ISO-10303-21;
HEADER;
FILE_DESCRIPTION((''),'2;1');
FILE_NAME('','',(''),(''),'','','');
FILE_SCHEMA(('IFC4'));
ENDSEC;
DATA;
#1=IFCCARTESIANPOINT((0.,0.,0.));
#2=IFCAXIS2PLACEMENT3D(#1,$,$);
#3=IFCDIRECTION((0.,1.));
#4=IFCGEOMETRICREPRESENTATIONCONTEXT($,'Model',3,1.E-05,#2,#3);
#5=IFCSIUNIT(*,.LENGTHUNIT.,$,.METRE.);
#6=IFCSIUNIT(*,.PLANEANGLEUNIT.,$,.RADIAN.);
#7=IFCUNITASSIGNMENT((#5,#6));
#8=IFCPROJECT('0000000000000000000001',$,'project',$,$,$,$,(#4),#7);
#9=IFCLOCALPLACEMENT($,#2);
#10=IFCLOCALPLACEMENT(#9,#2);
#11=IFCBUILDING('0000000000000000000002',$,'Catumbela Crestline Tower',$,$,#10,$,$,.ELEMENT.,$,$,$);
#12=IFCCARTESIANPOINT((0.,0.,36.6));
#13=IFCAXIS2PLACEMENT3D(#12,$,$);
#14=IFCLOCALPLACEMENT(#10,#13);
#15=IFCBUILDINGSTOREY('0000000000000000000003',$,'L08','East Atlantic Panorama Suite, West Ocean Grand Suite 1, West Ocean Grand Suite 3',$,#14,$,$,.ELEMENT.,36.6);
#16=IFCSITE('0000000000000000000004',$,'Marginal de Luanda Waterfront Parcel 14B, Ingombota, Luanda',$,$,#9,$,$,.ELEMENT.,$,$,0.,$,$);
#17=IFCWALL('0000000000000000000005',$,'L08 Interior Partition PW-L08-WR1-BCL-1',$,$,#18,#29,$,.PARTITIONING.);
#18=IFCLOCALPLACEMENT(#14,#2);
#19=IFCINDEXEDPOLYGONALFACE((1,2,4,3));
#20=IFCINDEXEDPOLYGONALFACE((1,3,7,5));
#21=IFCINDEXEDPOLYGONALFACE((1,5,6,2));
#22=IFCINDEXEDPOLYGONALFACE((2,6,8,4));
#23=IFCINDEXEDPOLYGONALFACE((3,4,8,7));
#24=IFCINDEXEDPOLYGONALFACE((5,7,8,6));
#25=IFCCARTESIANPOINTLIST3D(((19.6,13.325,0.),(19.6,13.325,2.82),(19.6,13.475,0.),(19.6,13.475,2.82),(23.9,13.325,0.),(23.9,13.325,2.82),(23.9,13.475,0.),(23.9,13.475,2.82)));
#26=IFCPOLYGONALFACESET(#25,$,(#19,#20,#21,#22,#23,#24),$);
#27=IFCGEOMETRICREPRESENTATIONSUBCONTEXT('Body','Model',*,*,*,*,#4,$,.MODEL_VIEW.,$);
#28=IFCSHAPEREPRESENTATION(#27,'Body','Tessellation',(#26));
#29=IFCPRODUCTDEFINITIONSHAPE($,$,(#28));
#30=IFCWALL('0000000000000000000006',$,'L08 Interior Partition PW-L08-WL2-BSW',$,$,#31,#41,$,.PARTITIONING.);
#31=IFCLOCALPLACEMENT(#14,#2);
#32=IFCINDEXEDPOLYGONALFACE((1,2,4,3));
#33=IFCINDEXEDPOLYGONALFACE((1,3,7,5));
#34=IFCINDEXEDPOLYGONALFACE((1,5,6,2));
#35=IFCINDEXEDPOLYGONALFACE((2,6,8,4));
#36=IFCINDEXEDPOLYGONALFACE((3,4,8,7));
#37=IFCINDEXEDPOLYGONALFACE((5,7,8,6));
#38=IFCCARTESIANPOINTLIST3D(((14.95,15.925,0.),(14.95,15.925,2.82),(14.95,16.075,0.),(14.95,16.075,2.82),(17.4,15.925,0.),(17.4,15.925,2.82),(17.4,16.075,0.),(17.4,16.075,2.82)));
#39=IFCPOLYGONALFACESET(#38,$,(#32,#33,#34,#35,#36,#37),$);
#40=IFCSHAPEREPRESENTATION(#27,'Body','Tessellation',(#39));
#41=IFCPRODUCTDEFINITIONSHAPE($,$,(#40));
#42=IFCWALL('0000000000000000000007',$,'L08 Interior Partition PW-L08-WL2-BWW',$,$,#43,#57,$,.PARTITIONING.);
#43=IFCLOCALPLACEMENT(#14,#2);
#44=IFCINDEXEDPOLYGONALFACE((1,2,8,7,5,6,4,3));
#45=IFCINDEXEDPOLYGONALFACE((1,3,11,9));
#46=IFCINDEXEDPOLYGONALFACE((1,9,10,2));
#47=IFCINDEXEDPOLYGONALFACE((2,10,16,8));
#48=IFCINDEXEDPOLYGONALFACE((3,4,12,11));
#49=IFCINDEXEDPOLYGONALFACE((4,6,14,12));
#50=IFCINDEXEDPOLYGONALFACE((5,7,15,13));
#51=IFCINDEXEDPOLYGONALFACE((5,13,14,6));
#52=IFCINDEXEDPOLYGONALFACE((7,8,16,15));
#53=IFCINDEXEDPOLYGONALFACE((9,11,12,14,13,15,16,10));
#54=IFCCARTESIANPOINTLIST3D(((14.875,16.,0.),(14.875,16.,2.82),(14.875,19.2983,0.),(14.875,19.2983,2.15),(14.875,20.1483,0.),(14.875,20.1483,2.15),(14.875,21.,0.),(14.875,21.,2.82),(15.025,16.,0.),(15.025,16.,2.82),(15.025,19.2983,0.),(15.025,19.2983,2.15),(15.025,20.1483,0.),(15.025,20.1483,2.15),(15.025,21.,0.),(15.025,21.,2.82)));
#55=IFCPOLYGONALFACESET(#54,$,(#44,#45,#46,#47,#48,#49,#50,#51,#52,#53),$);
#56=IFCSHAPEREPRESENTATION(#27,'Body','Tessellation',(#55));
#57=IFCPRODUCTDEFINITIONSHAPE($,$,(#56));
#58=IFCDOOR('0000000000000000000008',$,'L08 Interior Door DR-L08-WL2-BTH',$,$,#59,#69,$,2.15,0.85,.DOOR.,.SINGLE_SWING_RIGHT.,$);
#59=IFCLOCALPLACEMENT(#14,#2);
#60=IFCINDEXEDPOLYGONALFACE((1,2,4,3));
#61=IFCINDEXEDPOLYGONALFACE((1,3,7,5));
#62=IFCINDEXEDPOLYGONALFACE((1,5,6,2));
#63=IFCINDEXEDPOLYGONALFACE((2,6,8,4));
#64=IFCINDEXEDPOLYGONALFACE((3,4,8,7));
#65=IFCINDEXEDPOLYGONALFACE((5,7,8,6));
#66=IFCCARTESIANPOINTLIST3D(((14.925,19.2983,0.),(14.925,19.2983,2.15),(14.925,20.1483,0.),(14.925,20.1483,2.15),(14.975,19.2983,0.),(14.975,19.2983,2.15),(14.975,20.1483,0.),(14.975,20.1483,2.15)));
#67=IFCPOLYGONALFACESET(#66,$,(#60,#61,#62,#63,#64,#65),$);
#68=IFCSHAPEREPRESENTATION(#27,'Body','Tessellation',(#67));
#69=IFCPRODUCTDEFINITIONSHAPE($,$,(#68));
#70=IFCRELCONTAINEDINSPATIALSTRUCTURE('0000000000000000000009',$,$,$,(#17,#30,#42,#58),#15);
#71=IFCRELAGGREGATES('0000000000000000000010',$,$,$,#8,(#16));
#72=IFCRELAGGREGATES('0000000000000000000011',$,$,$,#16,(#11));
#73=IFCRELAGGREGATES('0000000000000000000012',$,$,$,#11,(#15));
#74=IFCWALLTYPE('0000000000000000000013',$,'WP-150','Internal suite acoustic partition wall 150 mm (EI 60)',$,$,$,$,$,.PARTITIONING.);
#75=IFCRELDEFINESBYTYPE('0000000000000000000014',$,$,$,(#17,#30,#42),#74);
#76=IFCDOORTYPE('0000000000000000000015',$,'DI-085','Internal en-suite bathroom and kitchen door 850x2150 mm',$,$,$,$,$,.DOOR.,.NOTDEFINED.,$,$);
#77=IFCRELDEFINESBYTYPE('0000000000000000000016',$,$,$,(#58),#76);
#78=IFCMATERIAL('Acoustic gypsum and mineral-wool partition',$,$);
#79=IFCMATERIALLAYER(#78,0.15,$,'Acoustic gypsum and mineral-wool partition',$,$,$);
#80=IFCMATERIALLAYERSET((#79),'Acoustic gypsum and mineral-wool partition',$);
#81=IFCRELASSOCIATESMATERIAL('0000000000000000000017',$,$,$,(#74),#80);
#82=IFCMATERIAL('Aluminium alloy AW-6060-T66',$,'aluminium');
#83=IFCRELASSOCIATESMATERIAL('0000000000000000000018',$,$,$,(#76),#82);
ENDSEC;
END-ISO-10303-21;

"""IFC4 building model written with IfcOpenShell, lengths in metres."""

from ifc_helpers import new_model, si_unit, direction, frame, frame_2d, origin, place, context, subcontext, project, spatial, rectangle, extrude, material, layer, layer_set, type_object, element, fill, save


model = new_model("IFC4")

# Units and contexts
model_context = context("Model", 3, precision=1e-05, world=origin(), true_north=direction((0.0, 1.0)))
body_context = subcontext(model_context, "Body", "Model", "MODEL_VIEW")
ifc_project = project(units=[si_unit("LENGTHUNIT", "METRE"), si_unit("PLANEANGLEUNIT", "RADIAN")], contexts=[model_context])

# Site, building, storey
site_placement = place(None, origin())
site = spatial("IfcSite", under=ifc_project, at=site_placement, Name="Marginal de Luanda Waterfront Parcel 14B, Ingombota, Luanda", CompositionType="ELEMENT", RefElevation=0.0)
building_placement = place(site_placement, origin())
building = spatial("IfcBuilding", under=site, at=building_placement, Name="Catumbela Crestline Tower", CompositionType="ELEMENT")
storey_placement = place(building_placement, frame((0.0, 0.0, 36.6)))
storey = spatial("IfcBuildingStorey", under=building, at=storey_placement, Name="L08", Description="East Atlantic Panorama Suite, West Ocean Grand Suite 1, West Ocean Grand Suite 3", CompositionType="ELEMENT", Elevation=36.6)

# Shared definitions
ifc_material_1 = material(Name="Acoustic gypsum and mineral-wool partition")
ifc_layer = layer(ifc_material_1, 0.15, Name="Acoustic gypsum and mineral-wool partition")
ifc_layer_set = layer_set([ifc_layer], Name="Acoustic gypsum and mineral-wool partition")
wall_type = type_object("IfcWallType", Name="WP-150", Description="Internal suite acoustic partition wall 150 mm (EI 60)", PredefinedType="PARTITIONING", material=ifc_layer_set)

# Shared definitions
ifc_material_2 = material(Name="Aluminium alloy AW-6060-T66", Category="aluminium")
door_type = type_object("IfcDoorType", Name="DI-085", Description="Internal en-suite bathroom and kitchen door 850x2150 mm", OperationType="NOTDEFINED", PredefinedType="DOOR", material=ifc_material_2)

# Walls
wall_1_placement = place(storey_placement, frame((19.6, 13.4, 0.0), z_axis=(0.0, 0.0, 1.0), x_axis=(1.0, 0.0, 0.0)))
element("IfcWall", 1, at=wall_1_placement, inside=storey, type_object=wall_type, Name="L08 Interior Partition PW-L08-WR1-BCL-1", PredefinedType="PARTITIONING", context=body_context, shape_type="SweptSolid", body=[
    extrude(rectangle(XDim=4.3, YDim=0.15, at=frame_2d((2.15, 0.0))), origin(), (0.0, 0.0, 1.0), 2.82),
])
wall_2_placement = place(storey_placement, frame((14.95, 16.0, 0.0), z_axis=(0.0, 0.0, 1.0), x_axis=(1.0, 0.0, 0.0)))
element("IfcWall", 2, at=wall_2_placement, inside=storey, type_object=wall_type, Name="L08 Interior Partition PW-L08-WL2-BSW", PredefinedType="PARTITIONING", context=body_context, shape_type="SweptSolid", body=[
    extrude(rectangle(XDim=2.45, YDim=0.15, at=frame_2d((1.225, 0.0))), origin(), (0.0, 0.0, 1.0), 2.82),
])

# Wall, opening, door
wall_3_placement = place(storey_placement, frame((14.95, 16.0, 0.0), z_axis=(0.0, 0.0, 1.0), x_axis=(0.0, 1.0, 0.0)))
wall_3 = element("IfcWall", 3, at=wall_3_placement, inside=storey, type_object=wall_type, Name="L08 Interior Partition PW-L08-WL2-BWW", PredefinedType="PARTITIONING", context=body_context, shape_type="SweptSolid", body=[
    extrude(rectangle(XDim=5.0, YDim=0.15, at=frame_2d((2.5, 0.0))), origin(), (0.0, 0.0, 1.0), 2.82),
])
opening_1_placement = place(wall_3_placement, frame((3.2983, 0.0, 0.0)))
opening_1 = element("IfcOpeningElement", 4, at=opening_1_placement, cuts=wall_3, PredefinedType="OPENING", context=body_context, shape_type="SweptSolid", body=[
    extrude(rectangle(XDim=0.85, YDim=2.15, at=frame_2d((0.425, 1.075))), frame((0.0, 0.085, 0.0), z_axis=(0.0, -1.0, 0.0), x_axis=(1.0, 0.0, 0.0)), (0.0, 0.0, 1.0), 0.17),
])
door_1_placement = place(opening_1_placement, origin())
door_1 = element("IfcDoor", 5, at=door_1_placement, inside=storey, type_object=door_type, Name="L08 Interior Door DR-L08-WL2-BTH", OperationType="SINGLE_SWING_RIGHT", OverallHeight=2.15, OverallWidth=0.85, PredefinedType="DOOR", context=body_context, shape_type="SweptSolid", body=[
    extrude(rectangle(XDim=0.85, YDim=2.15, at=frame_2d((0.425, 1.075))), frame((0.0, 0.025, 0.0), z_axis=(0.0, -1.0, 0.0), x_axis=(1.0, 0.0, 0.0)), (0.0, 0.0, 1.0), 0.05),
])
fill(opening_1, door_1)

save(model, "model.ifc")
